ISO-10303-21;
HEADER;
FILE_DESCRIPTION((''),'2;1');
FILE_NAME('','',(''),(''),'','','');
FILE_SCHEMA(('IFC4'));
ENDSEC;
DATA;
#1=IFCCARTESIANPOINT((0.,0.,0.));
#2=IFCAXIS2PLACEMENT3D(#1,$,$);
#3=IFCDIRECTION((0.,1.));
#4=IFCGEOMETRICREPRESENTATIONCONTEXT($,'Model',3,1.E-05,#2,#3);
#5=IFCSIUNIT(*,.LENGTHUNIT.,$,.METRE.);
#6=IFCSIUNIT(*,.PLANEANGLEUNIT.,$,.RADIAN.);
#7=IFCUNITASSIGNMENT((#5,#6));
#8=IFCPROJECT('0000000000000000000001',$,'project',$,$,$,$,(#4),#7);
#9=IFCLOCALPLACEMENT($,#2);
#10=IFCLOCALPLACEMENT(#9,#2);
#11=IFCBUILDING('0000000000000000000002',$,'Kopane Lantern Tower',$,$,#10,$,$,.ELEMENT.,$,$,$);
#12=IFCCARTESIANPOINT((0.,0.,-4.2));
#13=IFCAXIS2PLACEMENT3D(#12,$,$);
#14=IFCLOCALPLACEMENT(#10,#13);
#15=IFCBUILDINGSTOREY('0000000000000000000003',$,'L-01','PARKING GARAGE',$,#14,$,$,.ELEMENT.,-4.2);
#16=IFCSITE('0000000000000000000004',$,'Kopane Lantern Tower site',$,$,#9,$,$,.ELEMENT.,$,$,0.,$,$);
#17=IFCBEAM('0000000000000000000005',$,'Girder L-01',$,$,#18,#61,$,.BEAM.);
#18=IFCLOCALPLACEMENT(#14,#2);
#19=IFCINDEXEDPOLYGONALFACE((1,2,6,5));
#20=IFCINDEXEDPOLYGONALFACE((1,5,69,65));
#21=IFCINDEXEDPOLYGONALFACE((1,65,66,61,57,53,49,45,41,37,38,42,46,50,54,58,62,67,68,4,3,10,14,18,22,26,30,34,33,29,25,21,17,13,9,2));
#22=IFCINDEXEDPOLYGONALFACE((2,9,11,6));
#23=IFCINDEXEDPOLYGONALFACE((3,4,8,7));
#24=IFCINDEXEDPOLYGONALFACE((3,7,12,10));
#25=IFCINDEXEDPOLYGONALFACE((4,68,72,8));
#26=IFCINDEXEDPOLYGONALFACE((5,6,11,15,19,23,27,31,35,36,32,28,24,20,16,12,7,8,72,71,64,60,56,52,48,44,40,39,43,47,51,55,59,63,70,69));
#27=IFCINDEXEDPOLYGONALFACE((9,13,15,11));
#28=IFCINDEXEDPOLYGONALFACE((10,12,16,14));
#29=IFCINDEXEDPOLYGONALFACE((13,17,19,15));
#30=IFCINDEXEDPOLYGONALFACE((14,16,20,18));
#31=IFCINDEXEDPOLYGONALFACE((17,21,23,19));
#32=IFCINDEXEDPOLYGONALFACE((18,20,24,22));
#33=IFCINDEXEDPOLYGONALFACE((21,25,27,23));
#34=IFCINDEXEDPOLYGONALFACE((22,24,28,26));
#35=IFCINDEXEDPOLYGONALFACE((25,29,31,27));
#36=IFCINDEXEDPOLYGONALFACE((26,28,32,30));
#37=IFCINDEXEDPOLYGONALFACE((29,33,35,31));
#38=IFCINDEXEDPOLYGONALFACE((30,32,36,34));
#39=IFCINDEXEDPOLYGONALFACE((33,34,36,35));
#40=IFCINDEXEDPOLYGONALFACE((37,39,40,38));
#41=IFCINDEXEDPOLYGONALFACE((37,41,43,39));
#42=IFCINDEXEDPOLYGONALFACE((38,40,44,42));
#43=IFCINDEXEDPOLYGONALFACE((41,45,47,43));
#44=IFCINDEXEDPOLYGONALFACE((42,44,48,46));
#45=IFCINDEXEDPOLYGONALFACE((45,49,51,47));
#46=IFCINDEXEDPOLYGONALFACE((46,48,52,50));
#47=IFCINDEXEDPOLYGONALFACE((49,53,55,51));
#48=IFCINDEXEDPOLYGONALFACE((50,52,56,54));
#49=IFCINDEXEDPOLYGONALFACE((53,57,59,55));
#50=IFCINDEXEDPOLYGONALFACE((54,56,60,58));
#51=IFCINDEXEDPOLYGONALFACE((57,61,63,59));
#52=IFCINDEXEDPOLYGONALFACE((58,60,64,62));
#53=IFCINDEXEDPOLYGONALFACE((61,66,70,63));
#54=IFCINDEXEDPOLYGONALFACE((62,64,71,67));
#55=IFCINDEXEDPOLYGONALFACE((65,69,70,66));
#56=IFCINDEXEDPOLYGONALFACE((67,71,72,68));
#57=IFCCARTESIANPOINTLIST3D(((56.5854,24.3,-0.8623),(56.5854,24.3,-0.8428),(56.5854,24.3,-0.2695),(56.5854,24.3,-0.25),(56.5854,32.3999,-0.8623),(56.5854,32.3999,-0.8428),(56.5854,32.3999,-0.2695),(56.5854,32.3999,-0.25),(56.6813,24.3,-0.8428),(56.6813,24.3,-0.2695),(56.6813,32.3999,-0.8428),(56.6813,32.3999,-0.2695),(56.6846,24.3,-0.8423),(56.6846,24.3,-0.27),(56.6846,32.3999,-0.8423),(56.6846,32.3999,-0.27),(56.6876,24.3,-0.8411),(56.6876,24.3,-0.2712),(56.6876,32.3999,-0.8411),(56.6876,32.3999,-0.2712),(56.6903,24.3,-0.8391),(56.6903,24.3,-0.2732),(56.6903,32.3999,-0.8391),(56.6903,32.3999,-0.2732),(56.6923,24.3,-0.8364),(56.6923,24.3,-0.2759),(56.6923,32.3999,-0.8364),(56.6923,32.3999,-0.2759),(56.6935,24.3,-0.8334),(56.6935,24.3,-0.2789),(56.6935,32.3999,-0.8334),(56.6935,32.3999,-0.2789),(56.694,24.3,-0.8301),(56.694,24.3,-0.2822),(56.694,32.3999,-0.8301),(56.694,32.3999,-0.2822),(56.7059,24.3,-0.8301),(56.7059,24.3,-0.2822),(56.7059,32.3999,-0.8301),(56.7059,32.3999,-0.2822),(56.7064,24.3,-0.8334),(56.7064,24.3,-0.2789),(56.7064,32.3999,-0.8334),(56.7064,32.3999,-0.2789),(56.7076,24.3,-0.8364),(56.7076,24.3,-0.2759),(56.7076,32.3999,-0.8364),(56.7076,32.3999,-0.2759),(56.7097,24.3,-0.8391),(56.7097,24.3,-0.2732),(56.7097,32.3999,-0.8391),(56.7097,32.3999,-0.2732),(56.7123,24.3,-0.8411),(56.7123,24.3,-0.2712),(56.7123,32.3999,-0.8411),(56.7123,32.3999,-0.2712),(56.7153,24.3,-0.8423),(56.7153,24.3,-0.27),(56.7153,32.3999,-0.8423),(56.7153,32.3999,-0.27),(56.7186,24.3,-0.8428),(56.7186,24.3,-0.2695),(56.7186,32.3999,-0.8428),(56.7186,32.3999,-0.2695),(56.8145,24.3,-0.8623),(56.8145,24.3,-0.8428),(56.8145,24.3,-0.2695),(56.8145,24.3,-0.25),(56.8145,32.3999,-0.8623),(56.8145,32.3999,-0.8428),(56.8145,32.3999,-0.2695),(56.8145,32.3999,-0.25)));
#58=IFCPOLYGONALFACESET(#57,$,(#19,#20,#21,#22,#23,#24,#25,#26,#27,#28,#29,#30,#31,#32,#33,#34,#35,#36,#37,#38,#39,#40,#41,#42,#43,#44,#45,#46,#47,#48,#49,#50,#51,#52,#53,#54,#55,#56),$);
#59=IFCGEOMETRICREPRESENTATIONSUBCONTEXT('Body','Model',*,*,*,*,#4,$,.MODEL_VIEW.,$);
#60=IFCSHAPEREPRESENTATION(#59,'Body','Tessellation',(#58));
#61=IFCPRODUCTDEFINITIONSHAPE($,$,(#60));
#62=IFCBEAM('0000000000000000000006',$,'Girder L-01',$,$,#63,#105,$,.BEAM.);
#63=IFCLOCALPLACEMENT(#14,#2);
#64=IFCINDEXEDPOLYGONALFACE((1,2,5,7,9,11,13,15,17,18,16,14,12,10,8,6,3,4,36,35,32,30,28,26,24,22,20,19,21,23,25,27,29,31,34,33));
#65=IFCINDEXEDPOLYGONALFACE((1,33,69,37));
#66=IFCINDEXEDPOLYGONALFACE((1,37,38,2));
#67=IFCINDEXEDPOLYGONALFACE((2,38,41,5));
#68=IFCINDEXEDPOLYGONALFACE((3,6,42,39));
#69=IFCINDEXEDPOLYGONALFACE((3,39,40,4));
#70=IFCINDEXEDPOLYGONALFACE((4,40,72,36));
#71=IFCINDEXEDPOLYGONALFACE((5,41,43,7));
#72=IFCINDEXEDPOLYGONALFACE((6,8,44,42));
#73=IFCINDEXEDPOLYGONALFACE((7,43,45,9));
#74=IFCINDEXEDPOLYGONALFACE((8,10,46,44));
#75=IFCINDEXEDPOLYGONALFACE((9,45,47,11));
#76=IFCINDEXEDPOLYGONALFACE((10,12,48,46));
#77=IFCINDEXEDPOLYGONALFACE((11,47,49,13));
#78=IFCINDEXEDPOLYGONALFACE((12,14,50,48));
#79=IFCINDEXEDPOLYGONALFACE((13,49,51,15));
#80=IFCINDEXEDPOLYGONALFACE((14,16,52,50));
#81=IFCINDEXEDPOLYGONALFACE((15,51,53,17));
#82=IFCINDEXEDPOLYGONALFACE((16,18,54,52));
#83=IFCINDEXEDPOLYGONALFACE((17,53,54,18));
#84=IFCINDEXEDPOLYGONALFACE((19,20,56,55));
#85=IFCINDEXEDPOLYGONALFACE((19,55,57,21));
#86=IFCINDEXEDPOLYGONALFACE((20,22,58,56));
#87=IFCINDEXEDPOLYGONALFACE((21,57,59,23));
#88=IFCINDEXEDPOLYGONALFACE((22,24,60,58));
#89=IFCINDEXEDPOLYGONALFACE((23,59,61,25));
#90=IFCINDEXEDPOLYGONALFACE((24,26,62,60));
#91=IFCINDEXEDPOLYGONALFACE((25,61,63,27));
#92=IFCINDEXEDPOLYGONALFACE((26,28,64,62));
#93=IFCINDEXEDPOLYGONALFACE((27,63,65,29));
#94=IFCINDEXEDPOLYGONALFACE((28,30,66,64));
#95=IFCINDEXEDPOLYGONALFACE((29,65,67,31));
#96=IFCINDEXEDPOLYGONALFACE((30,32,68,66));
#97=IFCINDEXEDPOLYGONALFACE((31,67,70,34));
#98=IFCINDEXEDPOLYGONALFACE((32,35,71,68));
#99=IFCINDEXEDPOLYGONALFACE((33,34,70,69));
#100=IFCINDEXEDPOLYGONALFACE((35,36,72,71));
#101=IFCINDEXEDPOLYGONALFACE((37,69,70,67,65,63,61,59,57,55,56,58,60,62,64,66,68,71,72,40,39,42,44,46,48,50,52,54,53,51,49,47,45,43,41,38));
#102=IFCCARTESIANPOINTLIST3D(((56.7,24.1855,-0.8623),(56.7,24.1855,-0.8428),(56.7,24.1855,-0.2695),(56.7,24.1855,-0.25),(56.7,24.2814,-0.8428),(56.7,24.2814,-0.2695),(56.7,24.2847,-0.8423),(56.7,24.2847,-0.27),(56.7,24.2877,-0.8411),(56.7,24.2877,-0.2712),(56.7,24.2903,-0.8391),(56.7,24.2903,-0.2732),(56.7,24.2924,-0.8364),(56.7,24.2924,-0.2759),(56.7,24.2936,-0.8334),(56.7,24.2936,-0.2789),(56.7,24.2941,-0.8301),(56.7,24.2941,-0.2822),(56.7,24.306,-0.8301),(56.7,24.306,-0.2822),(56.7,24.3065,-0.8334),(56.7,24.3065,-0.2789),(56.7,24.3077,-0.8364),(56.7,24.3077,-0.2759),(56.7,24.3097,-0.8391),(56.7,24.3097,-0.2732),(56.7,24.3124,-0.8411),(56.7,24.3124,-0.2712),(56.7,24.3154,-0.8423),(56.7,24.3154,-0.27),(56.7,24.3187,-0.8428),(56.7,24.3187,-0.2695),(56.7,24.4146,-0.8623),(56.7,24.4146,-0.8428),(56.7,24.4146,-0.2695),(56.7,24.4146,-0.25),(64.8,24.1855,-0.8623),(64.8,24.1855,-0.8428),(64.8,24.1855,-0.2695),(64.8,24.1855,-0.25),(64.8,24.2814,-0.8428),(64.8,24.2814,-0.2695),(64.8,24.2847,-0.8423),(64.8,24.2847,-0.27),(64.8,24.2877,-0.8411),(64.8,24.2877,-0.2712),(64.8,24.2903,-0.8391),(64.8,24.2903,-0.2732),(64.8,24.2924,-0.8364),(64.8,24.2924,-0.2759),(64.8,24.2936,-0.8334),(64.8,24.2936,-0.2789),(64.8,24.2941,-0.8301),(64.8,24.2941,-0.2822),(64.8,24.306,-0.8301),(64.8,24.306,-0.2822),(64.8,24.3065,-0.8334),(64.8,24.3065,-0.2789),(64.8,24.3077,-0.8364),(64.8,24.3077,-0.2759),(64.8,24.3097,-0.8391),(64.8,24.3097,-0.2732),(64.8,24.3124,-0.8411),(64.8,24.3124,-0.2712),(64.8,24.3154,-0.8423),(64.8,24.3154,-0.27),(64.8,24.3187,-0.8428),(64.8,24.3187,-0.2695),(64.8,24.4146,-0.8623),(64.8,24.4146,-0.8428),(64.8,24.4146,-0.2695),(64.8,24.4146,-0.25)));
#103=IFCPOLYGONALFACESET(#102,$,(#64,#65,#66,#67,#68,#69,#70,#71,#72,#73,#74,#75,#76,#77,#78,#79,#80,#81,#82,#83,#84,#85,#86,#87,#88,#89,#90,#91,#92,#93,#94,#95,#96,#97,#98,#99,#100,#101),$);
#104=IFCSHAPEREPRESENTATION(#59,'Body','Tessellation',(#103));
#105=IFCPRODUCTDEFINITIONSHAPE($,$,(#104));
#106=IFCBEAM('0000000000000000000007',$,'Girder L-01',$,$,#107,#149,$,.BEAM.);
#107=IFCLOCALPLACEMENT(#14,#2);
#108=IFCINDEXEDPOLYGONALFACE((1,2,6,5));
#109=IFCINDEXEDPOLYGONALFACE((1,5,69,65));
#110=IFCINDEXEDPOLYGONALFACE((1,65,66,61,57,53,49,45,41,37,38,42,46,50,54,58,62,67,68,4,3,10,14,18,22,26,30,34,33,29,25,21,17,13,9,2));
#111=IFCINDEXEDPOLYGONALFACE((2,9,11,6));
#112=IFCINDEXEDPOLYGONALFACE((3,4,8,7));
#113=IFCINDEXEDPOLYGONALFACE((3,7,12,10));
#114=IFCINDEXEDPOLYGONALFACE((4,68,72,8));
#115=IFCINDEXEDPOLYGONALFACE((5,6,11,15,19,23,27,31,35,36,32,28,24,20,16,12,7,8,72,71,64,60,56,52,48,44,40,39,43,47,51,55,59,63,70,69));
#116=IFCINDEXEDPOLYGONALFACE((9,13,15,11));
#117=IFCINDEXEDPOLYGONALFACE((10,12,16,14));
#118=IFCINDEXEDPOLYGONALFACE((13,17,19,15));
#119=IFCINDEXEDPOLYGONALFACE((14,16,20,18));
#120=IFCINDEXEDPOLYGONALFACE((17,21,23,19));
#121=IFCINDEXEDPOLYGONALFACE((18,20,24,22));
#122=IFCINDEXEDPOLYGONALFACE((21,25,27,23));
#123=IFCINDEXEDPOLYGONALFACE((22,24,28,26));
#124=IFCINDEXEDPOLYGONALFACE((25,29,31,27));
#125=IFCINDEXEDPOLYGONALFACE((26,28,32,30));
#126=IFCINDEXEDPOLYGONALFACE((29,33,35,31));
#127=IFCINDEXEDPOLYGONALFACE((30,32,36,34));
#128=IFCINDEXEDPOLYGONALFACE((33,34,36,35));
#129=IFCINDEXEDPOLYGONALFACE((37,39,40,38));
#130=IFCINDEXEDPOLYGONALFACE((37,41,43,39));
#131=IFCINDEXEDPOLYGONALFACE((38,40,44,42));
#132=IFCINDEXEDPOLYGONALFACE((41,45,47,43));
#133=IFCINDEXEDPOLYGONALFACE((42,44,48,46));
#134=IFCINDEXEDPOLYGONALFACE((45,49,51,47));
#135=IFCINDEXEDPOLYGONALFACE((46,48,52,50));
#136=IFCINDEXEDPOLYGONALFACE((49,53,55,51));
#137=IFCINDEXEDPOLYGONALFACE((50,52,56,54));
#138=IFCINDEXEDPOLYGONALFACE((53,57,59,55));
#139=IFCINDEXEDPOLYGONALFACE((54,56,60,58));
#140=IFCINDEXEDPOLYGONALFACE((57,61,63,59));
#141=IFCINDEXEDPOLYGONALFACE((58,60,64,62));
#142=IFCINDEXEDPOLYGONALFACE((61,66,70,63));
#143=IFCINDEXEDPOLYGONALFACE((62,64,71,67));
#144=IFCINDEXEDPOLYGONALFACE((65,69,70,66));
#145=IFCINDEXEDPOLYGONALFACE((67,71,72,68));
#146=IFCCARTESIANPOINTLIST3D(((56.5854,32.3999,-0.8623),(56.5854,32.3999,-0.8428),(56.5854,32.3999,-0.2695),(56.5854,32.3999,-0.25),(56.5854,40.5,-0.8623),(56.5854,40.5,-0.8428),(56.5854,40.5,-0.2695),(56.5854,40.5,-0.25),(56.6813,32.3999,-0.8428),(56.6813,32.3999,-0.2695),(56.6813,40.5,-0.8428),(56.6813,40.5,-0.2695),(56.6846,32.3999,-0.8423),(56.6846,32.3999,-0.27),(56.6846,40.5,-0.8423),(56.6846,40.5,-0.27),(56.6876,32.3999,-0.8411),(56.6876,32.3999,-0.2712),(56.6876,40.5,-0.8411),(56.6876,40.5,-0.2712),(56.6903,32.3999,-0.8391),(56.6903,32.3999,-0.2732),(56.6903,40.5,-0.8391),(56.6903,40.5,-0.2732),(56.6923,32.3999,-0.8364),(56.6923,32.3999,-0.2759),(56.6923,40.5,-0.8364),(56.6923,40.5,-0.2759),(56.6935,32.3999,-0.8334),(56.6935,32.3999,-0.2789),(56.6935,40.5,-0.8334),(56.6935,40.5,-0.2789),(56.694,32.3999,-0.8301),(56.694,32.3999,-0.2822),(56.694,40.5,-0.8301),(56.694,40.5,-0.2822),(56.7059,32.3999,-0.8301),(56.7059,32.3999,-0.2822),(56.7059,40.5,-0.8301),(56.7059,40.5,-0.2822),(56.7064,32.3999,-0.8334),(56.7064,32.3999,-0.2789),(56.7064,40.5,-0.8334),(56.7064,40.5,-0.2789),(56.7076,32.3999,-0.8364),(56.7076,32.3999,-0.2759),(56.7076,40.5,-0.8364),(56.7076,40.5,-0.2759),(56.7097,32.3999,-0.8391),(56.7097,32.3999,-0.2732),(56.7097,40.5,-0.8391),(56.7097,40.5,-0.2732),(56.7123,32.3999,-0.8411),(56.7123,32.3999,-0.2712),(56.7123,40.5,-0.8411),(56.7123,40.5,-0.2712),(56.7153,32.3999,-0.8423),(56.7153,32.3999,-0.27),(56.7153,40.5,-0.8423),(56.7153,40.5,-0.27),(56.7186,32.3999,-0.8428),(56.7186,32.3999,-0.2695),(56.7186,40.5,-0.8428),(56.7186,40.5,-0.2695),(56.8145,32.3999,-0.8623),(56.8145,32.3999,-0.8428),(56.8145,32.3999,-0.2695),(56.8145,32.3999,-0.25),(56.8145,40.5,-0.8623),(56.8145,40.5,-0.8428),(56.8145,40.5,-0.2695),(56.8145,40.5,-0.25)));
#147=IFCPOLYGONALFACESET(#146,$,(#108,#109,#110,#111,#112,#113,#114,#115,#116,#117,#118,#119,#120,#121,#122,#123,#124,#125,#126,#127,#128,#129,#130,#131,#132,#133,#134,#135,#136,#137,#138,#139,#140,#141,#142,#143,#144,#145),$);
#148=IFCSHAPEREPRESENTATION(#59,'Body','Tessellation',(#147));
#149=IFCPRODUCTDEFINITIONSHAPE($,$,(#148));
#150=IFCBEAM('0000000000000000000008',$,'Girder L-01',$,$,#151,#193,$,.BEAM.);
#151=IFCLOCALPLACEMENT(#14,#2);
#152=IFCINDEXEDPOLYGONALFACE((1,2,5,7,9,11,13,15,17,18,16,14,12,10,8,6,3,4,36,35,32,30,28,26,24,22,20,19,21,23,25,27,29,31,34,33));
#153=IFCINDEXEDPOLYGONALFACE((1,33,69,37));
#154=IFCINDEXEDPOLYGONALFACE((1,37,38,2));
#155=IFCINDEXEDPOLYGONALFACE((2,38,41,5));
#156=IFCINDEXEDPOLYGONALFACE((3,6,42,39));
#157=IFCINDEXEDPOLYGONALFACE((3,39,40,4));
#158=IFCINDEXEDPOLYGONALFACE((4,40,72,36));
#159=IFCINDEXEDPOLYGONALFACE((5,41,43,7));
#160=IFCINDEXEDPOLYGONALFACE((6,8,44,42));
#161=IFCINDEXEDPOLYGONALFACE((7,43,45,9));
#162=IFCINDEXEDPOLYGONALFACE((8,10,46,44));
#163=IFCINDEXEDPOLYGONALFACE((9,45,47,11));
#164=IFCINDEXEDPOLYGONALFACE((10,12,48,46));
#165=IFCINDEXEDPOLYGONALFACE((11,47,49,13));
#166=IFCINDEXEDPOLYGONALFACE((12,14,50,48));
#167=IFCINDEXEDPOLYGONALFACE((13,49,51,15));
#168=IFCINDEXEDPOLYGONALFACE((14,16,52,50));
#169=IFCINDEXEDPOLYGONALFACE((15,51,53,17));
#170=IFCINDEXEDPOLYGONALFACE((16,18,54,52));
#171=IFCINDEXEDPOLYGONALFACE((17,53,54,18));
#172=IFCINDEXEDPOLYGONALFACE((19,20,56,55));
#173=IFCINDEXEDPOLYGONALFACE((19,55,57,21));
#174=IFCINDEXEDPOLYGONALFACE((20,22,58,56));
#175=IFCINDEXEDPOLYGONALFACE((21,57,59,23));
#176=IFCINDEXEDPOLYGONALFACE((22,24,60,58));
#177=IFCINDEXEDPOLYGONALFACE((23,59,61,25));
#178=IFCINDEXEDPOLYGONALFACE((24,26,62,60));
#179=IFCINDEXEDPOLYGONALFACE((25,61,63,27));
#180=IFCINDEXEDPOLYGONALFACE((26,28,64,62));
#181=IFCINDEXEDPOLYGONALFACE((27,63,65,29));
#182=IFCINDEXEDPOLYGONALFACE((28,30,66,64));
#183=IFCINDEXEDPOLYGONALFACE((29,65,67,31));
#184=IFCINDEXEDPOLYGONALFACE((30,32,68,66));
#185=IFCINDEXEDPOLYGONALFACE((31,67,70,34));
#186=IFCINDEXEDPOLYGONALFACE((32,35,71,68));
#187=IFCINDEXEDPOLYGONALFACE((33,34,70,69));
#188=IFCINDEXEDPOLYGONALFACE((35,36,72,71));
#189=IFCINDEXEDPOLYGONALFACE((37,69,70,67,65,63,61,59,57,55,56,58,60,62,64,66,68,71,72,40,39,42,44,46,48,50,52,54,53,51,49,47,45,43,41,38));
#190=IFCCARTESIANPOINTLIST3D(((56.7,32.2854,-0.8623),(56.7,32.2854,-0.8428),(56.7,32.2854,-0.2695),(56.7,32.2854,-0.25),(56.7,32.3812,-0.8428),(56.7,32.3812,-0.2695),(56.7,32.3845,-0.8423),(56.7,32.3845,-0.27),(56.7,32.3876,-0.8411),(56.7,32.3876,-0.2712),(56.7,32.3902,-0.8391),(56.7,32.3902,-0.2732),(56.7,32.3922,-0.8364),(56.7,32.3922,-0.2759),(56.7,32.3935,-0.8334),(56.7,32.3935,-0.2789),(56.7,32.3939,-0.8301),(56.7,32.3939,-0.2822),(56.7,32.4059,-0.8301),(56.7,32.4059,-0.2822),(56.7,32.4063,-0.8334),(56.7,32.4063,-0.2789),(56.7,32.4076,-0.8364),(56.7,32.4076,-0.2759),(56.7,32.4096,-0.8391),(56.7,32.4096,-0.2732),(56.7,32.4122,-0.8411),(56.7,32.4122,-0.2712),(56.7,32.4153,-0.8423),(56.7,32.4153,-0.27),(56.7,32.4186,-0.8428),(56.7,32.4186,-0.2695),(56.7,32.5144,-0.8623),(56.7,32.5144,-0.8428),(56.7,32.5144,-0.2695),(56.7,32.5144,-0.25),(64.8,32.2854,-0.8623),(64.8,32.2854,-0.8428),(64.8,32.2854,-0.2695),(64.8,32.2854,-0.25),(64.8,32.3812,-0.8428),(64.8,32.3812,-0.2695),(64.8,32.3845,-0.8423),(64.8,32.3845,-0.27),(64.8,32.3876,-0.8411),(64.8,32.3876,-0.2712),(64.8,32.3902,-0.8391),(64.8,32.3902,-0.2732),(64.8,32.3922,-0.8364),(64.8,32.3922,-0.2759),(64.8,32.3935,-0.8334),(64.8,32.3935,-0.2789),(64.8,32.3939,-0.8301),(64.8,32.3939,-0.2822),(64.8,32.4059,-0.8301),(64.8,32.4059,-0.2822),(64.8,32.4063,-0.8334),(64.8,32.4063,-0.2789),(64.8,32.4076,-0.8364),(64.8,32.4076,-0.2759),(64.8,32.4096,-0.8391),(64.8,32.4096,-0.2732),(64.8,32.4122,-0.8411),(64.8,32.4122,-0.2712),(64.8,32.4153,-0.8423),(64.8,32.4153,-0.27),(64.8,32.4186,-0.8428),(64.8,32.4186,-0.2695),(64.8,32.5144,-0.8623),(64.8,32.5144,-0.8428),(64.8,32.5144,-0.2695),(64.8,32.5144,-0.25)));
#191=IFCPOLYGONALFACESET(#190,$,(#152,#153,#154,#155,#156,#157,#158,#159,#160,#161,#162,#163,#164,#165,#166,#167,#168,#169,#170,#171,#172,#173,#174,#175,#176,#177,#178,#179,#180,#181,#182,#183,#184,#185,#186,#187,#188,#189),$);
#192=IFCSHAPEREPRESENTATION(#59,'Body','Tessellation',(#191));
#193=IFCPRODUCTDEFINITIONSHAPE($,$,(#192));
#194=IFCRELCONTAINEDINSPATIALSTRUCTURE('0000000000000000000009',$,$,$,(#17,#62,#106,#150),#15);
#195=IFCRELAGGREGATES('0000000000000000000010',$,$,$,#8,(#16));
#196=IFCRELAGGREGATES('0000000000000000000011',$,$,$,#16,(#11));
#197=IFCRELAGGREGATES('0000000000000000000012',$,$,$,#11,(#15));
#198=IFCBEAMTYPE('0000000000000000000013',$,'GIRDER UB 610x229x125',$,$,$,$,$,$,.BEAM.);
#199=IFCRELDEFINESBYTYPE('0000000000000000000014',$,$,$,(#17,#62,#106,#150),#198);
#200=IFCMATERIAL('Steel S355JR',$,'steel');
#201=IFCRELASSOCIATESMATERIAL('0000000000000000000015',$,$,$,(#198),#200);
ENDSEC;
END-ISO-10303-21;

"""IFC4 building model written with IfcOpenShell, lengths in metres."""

from ifc_helpers import new_model, si_unit, direction, frame, origin, origin_2d, place, context, subcontext, project, spatial, i_section, extrude, material, material_profile, profile_set, type_object, element, save


model = new_model("IFC4")

# Units and contexts
model_context = context("Model", 3, precision=1e-05, world=origin(), true_north=direction((0.0, 1.0)))
body_context = subcontext(model_context, "Body", "Model", "MODEL_VIEW")
ifc_project = project(units=[si_unit("LENGTHUNIT", "METRE"), si_unit("PLANEANGLEUNIT", "RADIAN")], contexts=[model_context])

# Site, building, storey
site_placement = place(None, origin())
site = spatial("IfcSite", under=ifc_project, at=site_placement, Name="Kopane Lantern Tower site", CompositionType="ELEMENT", RefElevation=0.0)
building_placement = place(site_placement, origin())
building = spatial("IfcBuilding", under=site, at=building_placement, Name="Kopane Lantern Tower", CompositionType="ELEMENT")
storey_placement = place(building_placement, frame((0.0, 0.0, -4.2)))
storey = spatial("IfcBuildingStorey", under=building, at=storey_placement, Name="L-01", Description="PARKING GARAGE", CompositionType="ELEMENT", Elevation=-4.2)

# Beams
ifc_material_1 = material(Name="Steel S355JR", Category="steel")
ifc_material_profile_1 = material_profile(ifc_material_1, i_section(OverallWidth=0.229, OverallDepth=0.6123, WebThickness=0.012, FlangeThickness=0.0195, FilletRadius=0.0127, at=origin_2d()), Name="UB 610x229x125")
ifc_profile_set_1 = profile_set([ifc_material_profile_1], Name="Steel S355JR")
beam_type_1 = type_object("IfcBeamType", Name="GIRDER UB 610x229x125", PredefinedType="BEAM", material=ifc_profile_set_1)
beam_1_placement = place(storey_placement, frame((56.7, 24.3, -0.5562), z_axis=(0.0, 1.0, 0.0), x_axis=(-1.0, 0.0, 0.0)))
element("IfcBeam", 1, at=beam_1_placement, inside=storey, type_object=beam_type_1, Name="Girder L-01", PredefinedType="BEAM", context=body_context, shape_type="SweptSolid", body=[
    extrude(i_section(OverallWidth=0.229, OverallDepth=0.6123, WebThickness=0.012, FlangeThickness=0.0195, FilletRadius=0.0127, at=origin_2d()), origin(), (0.0, 0.0, 1.0), 8.0999),
])
for number, where, z_axis, x_axis, name in (
    (2, (56.7, 24.3, -0.5562), (1.0, 0.0, 0.0), (0.0, 1.0, 0.0), "Girder L-01"),
    (3, (56.7, 32.3999, -0.5562), (0.0, 1.0, 0.0), (-1.0, 0.0, 0.0), "Girder L-01"),
    (4, (56.7, 32.3999, -0.5562), (1.0, 0.0, 0.0), (0.0, 1.0, 0.0), "Girder L-01"),
):
    element("IfcBeam", number, at=place(storey_placement, frame(where, z_axis=z_axis, x_axis=x_axis)), inside=storey, type_object=beam_type_1, Name=name, PredefinedType="BEAM", context=body_context, shape_type="SweptSolid", body=[
        extrude(i_section(OverallWidth=0.229, OverallDepth=0.6123, WebThickness=0.012, FlangeThickness=0.0195, FilletRadius=0.0127, at=origin_2d()), origin(), (0.0, 0.0, 1.0), 8.1001),
    ])

save(model, "model.ifc")
